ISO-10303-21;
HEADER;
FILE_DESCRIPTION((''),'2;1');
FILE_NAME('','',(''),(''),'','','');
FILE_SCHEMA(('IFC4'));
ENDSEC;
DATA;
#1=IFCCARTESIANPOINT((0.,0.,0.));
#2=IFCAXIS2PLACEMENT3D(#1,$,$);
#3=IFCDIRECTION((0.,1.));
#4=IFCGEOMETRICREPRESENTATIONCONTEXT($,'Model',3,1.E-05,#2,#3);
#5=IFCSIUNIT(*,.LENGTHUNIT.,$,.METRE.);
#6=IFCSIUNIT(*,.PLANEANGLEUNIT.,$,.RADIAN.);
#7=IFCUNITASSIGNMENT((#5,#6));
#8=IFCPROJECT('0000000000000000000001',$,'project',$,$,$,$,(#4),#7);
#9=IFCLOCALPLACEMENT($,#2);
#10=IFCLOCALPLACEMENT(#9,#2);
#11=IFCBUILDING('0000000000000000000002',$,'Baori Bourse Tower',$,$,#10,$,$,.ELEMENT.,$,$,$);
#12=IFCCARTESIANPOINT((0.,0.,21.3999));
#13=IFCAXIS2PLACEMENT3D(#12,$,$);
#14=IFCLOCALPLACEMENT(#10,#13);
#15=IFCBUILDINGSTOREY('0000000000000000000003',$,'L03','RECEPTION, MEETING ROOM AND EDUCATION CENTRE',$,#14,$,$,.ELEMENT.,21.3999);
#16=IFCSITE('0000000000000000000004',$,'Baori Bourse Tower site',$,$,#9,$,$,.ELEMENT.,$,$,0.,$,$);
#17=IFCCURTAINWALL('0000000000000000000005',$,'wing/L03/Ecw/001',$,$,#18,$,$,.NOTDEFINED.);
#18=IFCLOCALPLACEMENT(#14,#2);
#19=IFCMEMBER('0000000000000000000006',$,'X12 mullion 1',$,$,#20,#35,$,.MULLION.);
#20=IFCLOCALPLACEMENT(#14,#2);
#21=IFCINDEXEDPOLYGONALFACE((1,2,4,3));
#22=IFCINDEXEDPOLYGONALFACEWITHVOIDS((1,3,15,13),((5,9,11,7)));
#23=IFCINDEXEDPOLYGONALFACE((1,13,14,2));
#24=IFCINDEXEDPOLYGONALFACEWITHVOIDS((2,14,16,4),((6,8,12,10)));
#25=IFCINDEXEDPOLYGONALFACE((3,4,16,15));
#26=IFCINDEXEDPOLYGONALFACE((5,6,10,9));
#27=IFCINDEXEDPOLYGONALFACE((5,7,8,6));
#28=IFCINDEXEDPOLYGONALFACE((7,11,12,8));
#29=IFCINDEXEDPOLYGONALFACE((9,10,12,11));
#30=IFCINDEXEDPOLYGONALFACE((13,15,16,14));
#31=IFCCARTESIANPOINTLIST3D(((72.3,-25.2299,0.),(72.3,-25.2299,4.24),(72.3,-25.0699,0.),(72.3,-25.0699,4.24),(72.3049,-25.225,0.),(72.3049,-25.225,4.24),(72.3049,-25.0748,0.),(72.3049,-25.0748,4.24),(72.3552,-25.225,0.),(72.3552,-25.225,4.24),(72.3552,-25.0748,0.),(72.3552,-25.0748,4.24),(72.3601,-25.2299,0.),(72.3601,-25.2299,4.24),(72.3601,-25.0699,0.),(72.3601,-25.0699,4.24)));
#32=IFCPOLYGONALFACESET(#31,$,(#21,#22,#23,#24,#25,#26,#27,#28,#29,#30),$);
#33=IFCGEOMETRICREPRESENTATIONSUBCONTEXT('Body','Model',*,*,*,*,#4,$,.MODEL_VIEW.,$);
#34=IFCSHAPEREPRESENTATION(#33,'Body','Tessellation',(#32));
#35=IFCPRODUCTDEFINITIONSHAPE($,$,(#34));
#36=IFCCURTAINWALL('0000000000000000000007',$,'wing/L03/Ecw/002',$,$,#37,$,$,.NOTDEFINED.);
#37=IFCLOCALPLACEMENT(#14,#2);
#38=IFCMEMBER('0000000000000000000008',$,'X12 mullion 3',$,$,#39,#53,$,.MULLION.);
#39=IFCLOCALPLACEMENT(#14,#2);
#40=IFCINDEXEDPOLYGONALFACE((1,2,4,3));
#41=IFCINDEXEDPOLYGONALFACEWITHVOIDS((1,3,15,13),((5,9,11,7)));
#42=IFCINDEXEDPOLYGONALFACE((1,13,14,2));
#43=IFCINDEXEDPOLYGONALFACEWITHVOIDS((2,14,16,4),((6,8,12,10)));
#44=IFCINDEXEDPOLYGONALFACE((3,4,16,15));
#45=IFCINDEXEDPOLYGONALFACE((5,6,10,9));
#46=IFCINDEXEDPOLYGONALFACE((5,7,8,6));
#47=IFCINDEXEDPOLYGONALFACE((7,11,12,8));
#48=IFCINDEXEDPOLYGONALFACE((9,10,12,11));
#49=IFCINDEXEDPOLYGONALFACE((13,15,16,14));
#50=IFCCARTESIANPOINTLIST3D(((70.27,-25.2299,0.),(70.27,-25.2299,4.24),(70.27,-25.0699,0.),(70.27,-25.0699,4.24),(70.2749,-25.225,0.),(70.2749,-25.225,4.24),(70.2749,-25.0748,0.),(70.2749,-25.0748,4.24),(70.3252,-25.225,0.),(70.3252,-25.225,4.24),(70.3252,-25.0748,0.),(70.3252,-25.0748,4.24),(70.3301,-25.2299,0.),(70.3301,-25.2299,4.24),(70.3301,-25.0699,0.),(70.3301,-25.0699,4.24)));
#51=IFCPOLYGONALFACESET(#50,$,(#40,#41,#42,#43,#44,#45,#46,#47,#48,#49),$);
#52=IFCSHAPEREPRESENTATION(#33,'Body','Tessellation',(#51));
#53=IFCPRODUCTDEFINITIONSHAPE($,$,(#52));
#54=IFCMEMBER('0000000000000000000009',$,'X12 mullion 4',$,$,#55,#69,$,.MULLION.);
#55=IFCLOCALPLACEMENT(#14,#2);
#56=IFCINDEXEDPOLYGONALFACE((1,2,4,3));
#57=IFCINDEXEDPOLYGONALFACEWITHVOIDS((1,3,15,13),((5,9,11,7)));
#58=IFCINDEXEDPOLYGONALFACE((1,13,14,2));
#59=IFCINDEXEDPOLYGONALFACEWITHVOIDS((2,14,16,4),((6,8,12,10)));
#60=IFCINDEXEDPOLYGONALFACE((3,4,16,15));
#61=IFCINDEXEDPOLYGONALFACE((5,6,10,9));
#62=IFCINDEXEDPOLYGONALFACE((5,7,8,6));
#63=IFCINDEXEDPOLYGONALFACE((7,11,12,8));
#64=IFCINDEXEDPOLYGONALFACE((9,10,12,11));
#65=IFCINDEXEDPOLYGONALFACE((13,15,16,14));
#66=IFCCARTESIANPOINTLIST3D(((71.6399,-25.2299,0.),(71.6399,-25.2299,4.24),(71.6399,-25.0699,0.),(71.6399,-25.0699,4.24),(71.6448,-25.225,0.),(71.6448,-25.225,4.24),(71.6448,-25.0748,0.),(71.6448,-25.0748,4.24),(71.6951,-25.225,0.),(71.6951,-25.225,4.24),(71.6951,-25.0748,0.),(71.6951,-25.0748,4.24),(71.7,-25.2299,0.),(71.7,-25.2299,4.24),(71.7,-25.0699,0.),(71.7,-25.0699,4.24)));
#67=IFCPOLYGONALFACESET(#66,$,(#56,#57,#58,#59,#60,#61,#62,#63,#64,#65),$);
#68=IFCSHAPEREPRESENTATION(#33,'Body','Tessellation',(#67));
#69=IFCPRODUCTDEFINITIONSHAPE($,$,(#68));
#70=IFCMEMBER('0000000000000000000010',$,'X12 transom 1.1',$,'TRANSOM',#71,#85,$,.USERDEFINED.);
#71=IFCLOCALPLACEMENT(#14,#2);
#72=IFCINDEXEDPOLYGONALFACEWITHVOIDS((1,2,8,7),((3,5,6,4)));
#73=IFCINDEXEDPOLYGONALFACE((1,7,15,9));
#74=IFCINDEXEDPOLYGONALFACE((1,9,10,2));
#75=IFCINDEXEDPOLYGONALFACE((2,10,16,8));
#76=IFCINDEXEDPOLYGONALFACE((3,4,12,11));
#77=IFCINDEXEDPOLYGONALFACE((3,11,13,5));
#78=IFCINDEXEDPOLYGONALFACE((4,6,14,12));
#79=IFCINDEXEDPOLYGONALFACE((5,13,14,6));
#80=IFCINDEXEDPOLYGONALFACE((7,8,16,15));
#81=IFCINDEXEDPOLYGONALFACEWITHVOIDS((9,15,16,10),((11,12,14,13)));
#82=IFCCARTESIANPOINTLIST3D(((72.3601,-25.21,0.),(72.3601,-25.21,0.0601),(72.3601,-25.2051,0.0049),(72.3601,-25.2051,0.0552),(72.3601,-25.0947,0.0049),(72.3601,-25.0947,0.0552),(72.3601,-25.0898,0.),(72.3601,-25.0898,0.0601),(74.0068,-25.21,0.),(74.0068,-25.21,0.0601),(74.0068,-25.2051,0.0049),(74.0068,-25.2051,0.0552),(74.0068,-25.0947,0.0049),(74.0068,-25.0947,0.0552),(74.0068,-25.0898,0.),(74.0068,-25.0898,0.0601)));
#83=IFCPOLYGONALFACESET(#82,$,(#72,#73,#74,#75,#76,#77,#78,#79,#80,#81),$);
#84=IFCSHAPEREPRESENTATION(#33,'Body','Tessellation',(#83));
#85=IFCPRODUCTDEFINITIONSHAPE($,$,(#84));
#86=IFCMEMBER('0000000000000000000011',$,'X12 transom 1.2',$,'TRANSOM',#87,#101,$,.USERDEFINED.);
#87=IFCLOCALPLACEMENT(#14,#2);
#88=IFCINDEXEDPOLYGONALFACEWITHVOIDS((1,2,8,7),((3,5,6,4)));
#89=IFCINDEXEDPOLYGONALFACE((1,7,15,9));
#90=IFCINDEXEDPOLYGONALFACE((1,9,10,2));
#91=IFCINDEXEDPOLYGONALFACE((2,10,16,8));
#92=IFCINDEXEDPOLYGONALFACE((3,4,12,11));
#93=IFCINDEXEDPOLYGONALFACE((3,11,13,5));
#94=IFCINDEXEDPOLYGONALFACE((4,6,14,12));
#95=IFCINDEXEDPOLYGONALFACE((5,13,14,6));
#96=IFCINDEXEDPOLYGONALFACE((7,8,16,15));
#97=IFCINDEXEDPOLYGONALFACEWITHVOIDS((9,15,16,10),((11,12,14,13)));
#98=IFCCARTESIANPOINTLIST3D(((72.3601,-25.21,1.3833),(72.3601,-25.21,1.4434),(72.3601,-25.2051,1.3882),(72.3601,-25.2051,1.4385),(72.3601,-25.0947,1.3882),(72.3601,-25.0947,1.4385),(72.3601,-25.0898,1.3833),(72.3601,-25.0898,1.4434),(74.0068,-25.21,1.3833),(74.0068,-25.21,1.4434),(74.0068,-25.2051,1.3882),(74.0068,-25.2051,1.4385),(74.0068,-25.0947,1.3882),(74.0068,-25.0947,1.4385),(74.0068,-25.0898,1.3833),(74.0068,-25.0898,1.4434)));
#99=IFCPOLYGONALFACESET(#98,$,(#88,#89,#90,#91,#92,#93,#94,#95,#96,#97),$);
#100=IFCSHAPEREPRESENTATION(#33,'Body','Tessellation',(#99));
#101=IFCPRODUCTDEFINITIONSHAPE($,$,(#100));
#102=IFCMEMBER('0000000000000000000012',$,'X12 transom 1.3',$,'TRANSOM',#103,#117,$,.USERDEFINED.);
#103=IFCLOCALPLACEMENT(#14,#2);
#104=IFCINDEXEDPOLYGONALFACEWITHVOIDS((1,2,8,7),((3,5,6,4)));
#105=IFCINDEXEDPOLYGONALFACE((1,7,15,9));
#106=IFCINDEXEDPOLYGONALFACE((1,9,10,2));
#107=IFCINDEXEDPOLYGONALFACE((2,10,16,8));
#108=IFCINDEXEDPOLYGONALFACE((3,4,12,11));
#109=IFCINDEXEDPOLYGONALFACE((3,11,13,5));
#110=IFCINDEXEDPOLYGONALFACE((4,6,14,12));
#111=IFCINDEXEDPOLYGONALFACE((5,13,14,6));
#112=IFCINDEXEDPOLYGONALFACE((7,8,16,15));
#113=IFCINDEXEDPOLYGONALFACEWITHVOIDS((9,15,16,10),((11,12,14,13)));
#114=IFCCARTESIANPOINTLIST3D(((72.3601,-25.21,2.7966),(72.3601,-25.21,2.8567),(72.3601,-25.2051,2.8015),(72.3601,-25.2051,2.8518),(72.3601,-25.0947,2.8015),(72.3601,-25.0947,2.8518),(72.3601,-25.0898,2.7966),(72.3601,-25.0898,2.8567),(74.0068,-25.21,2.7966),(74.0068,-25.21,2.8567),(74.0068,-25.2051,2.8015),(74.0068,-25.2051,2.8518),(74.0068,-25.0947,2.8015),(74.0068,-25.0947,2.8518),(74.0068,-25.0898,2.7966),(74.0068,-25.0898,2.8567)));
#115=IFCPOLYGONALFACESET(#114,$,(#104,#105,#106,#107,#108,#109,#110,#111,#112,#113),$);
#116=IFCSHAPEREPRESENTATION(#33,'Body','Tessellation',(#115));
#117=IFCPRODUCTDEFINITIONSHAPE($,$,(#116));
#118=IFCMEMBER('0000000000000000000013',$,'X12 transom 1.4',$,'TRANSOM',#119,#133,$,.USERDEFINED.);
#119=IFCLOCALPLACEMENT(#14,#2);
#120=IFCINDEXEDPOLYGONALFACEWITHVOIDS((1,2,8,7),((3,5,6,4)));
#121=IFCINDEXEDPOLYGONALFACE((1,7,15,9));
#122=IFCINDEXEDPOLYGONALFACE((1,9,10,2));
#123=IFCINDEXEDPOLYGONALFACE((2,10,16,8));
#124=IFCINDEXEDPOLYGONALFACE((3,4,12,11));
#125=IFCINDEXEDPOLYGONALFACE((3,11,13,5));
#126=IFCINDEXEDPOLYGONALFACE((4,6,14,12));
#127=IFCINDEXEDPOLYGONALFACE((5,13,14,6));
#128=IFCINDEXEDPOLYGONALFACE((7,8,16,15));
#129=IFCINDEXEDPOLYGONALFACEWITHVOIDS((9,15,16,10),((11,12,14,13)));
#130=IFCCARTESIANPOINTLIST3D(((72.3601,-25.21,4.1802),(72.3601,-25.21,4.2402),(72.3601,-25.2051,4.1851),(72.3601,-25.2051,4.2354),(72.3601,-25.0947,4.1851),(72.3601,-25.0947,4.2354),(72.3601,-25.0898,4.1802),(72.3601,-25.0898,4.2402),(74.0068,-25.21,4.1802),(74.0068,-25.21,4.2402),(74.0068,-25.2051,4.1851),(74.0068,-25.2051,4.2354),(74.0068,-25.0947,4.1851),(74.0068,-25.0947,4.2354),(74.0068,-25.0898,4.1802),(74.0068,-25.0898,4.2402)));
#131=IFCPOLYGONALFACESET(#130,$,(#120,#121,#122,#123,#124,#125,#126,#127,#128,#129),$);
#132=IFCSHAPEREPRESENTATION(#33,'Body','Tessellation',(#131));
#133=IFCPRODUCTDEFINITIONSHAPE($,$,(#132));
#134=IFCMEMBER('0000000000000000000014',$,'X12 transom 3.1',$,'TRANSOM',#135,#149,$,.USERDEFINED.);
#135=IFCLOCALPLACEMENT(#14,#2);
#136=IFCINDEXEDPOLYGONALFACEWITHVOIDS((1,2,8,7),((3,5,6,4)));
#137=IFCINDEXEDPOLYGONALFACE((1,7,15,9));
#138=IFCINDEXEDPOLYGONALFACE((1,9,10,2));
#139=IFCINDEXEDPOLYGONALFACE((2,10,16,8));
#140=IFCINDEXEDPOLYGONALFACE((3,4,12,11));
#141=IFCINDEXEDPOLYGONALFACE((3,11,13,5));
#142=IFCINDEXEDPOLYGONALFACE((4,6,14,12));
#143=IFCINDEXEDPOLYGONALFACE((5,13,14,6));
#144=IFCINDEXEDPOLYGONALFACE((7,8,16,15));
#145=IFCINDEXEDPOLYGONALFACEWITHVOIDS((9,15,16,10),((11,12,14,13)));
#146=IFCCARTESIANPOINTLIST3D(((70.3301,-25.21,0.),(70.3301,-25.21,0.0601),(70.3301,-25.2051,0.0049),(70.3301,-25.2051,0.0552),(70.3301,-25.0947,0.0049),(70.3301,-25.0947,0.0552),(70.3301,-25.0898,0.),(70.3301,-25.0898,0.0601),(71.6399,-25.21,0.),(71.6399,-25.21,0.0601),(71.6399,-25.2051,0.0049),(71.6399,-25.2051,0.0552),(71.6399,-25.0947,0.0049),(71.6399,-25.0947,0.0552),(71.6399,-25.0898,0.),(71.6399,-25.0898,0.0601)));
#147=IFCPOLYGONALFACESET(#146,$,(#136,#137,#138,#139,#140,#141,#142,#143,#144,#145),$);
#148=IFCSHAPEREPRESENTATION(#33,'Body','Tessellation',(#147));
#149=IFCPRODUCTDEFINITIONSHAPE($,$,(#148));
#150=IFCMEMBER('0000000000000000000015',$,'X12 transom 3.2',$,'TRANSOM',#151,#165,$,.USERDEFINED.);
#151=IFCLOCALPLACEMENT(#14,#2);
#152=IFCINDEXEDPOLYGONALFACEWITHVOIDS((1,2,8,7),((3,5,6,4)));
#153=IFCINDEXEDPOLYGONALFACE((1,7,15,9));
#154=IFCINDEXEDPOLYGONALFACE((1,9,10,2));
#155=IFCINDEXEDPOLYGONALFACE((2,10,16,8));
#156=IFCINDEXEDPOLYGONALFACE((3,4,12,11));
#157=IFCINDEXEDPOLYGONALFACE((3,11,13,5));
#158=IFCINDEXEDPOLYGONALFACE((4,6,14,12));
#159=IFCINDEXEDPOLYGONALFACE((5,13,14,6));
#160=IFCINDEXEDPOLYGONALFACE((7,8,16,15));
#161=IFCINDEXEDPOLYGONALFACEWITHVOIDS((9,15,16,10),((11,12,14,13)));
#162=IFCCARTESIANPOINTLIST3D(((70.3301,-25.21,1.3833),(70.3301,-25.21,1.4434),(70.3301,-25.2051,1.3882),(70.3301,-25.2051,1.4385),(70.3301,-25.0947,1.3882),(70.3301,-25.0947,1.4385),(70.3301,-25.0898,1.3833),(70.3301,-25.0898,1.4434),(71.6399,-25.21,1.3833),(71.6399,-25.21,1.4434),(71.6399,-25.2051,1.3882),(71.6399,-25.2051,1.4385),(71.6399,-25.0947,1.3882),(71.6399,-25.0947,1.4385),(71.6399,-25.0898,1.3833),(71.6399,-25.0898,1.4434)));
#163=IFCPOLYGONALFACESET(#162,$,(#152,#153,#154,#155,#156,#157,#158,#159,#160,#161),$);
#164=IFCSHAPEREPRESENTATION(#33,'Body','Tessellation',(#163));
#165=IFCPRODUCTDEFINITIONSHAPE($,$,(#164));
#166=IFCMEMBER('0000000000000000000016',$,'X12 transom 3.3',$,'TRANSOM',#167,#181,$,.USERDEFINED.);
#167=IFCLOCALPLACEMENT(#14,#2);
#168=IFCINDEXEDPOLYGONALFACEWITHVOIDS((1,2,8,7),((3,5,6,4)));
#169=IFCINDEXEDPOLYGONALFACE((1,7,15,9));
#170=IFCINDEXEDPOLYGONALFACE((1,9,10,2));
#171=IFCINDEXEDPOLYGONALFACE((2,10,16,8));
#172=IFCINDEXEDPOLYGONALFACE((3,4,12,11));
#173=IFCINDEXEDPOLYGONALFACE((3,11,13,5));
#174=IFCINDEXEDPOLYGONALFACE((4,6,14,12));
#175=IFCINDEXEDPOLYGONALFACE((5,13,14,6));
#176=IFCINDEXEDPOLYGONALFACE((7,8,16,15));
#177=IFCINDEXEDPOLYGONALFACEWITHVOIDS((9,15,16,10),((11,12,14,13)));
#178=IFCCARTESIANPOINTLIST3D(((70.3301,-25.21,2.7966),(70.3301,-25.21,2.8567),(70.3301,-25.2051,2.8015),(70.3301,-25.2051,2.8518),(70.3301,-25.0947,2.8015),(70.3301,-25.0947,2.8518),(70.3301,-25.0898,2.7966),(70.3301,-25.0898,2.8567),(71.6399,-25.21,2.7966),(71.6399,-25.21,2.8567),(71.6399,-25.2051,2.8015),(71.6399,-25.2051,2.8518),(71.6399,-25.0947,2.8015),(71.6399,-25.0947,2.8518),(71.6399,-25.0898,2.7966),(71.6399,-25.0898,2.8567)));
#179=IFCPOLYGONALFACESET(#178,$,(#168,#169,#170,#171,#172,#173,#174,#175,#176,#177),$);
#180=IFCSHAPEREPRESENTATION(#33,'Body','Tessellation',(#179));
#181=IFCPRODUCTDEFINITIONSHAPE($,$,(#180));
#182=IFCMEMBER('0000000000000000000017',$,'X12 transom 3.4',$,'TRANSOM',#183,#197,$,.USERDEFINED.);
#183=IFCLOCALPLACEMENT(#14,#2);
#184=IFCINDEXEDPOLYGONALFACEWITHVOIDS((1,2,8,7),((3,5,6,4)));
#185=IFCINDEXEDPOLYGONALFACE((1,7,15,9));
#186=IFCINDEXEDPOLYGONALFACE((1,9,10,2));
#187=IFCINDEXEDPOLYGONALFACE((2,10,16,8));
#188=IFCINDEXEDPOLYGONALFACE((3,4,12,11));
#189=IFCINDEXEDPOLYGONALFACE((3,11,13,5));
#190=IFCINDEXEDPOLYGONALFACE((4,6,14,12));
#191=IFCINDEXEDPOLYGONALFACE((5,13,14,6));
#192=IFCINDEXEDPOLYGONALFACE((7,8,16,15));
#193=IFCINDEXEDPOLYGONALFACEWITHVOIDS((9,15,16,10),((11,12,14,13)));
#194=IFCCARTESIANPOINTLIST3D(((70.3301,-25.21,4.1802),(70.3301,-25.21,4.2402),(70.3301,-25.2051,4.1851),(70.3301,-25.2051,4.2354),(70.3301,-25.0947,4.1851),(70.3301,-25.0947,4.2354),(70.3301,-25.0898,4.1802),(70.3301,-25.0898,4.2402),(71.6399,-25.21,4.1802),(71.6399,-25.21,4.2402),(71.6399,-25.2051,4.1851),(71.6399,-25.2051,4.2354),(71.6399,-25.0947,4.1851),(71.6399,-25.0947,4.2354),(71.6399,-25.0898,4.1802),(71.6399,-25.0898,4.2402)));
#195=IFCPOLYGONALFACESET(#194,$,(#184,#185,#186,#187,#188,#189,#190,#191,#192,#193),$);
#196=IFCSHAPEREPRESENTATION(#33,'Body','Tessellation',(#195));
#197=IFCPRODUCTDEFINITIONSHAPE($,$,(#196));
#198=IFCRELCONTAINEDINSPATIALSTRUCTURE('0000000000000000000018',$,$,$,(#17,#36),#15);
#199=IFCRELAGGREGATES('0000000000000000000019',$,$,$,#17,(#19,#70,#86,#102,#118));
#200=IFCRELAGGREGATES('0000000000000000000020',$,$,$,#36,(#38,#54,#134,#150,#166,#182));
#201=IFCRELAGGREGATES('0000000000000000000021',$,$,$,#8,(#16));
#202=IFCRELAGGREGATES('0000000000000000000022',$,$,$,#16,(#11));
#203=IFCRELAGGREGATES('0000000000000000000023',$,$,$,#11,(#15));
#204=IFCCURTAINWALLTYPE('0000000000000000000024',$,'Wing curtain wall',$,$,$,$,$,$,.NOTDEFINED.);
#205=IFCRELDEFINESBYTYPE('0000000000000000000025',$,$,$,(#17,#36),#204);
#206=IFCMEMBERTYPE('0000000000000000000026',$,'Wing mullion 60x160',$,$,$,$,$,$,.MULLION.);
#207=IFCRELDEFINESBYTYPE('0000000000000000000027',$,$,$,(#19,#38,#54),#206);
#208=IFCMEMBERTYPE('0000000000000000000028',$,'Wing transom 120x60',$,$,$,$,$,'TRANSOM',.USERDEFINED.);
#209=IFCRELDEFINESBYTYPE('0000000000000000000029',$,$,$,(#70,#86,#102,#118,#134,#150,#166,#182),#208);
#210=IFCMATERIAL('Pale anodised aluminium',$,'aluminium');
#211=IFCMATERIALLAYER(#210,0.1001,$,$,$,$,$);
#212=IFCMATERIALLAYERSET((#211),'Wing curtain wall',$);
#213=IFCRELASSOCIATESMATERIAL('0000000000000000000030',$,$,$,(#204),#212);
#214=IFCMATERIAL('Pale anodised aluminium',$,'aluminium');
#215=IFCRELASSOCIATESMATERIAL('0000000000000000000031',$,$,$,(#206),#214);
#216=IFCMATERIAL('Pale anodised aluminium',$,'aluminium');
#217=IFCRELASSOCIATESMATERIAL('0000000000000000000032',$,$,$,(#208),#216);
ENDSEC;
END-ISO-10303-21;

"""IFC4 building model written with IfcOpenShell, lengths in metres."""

from ifc_helpers import new_model, si_unit, direction, frame, origin, origin_2d, place, context, subcontext, project, spatial, hollow_rectangle, extrude, material, layer, layer_set, material_profile, profile_set, type_object, element, aggregate, save


model = new_model("IFC4")

# Units and contexts
model_context = context("Model", 3, precision=1e-05, world=origin(), true_north=direction((0.0, 1.0)))
body_context = subcontext(model_context, "Body", "Model", "MODEL_VIEW")
ifc_project = project(units=[si_unit("LENGTHUNIT", "METRE"), si_unit("PLANEANGLEUNIT", "RADIAN")], contexts=[model_context])

# Site, building, storey
site_placement = place(None, origin())
site = spatial("IfcSite", under=ifc_project, at=site_placement, Name="Baori Bourse Tower site", CompositionType="ELEMENT", RefElevation=0.0)
building_placement = place(site_placement, origin())
building = spatial("IfcBuilding", under=site, at=building_placement, Name="Baori Bourse Tower", CompositionType="ELEMENT")
storey_placement = place(building_placement, frame((0.0, 0.0, 21.3999)))
storey = spatial("IfcBuildingStorey", under=building, at=storey_placement, Name="L03", Description="RECEPTION, MEETING ROOM AND EDUCATION CENTRE", CompositionType="ELEMENT", Elevation=21.3999)

# Curtain wall, member
ifc_material_1 = material(Name="Pale anodised aluminium", Category="aluminium")
ifc_layer_1 = layer(ifc_material_1, 0.1001)
ifc_layer_set_1 = layer_set([ifc_layer_1], Name="Wing curtain wall")
curtain_wall_type = type_object("IfcCurtainWallType", Name="Wing curtain wall", PredefinedType="NOTDEFINED", material=ifc_layer_set_1)
curtain_wall_1_placement = place(storey_placement, origin())
curtain_wall_1 = element("IfcCurtainWall", 1, at=curtain_wall_1_placement, inside=storey, type_object=curtain_wall_type, Name="wing/L03/Ecw/001", PredefinedType="NOTDEFINED")
ifc_material_2 = material(Name="Pale anodised aluminium", Category="aluminium")
ifc_material_profile_1 = material_profile(ifc_material_2, hollow_rectangle(XDim=0.1599, YDim=0.0601, WallThickness=0.0049, at=origin_2d()), Name="Mullion 160x60x5")
ifc_profile_set_1 = profile_set([ifc_material_profile_1], Name="Pale anodised aluminium")
member_type_1 = type_object("IfcMemberType", Name="Wing mullion 60x160", PredefinedType="MULLION", material=ifc_profile_set_1)
member_1_placement = place(storey_placement, frame((72.3301, -25.1499, 0.0), z_axis=(0.0, 0.0, 1.0), x_axis=(0.0, 1.0, 0.0)))
member_1 = element("IfcMember", 2, at=member_1_placement, type_object=member_type_1, Name="X12 mullion 1", PredefinedType="MULLION", context=body_context, shape_type="SweptSolid", body=[
    extrude(hollow_rectangle(XDim=0.1599, YDim=0.0601, WallThickness=0.0049, at=origin_2d()), origin(), (0.0, 0.0, 1.0), 4.24),
])

# Curtain wall, members
curtain_wall_2_placement = place(storey_placement, origin())
curtain_wall_2 = element("IfcCurtainWall", 3, at=curtain_wall_2_placement, inside=storey, type_object=curtain_wall_type, Name="wing/L03/Ecw/002", PredefinedType="NOTDEFINED")
member_2_placement = place(storey_placement, frame((70.3, -25.1499, 0.0), z_axis=(0.0, 0.0, 1.0), x_axis=(0.0, 1.0, 0.0)))
member_2 = element("IfcMember", 4, at=member_2_placement, type_object=member_type_1, Name="X12 mullion 3", PredefinedType="MULLION", context=body_context, shape_type="SweptSolid", body=[
    extrude(hollow_rectangle(XDim=0.1599, YDim=0.0601, WallThickness=0.0049, at=origin_2d()), origin(), (0.0, 0.0, 1.0), 4.24),
])
member_3_placement = place(storey_placement, frame((71.6699, -25.1499, 0.0), z_axis=(0.0, 0.0, 1.0), x_axis=(0.0, 1.0, 0.0)))
member_3 = element("IfcMember", 5, at=member_3_placement, type_object=member_type_1, Name="X12 mullion 4", PredefinedType="MULLION", context=body_context, shape_type="SweptSolid", body=[
    extrude(hollow_rectangle(XDim=0.1599, YDim=0.0601, WallThickness=0.0049, at=origin_2d()), origin(), (0.0, 0.0, 1.0), 4.24),
])

# Members
ifc_material_3 = material(Name="Pale anodised aluminium", Category="aluminium")
ifc_material_profile_2 = material_profile(ifc_material_3, hollow_rectangle(XDim=0.1201, YDim=0.0601, WallThickness=0.0049, at=origin_2d()), Name="Transom 120x60x5")
ifc_profile_set_2 = profile_set([ifc_material_profile_2], Name="Pale anodised aluminium")
member_type_2 = type_object("IfcMemberType", Name="Wing transom 120x60", ElementType="TRANSOM", PredefinedType="USERDEFINED", material=ifc_profile_set_2)
member_4_placement = place(storey_placement, frame((72.3601, -25.1499, 0.03), z_axis=(1.0, 0.0, 0.0), x_axis=(0.0, 1.0, 0.0)))
member_4 = element("IfcMember", 6, at=member_4_placement, type_object=member_type_2, Name="X12 transom 1.1", ObjectType="TRANSOM", PredefinedType="USERDEFINED", context=body_context, shape_type="SweptSolid", body=[
    extrude(hollow_rectangle(XDim=0.1201, YDim=0.0601, WallThickness=0.0049, at=origin_2d()), origin(), (0.0, 0.0, 1.0), 1.6467),
])
member_5_placement = place(storey_placement, frame((72.3601, -25.1499, 1.4133), z_axis=(1.0, 0.0, 0.0), x_axis=(0.0, 1.0, 0.0)))
member_5 = element("IfcMember", 7, at=member_5_placement, type_object=member_type_2, Name="X12 transom 1.2", ObjectType="TRANSOM", PredefinedType="USERDEFINED", context=body_context, shape_type="SweptSolid", body=[
    extrude(hollow_rectangle(XDim=0.1201, YDim=0.0601, WallThickness=0.0049, at=origin_2d()), origin(), (0.0, 0.0, 1.0), 1.6467),
])
member_6_placement = place(storey_placement, frame((72.3601, -25.1499, 2.8267), z_axis=(1.0, 0.0, 0.0), x_axis=(0.0, 1.0, 0.0)))
member_6 = element("IfcMember", 8, at=member_6_placement, type_object=member_type_2, Name="X12 transom 1.3", ObjectType="TRANSOM", PredefinedType="USERDEFINED", context=body_context, shape_type="SweptSolid", body=[
    extrude(hollow_rectangle(XDim=0.1201, YDim=0.0601, WallThickness=0.0049, at=origin_2d()), origin(), (0.0, 0.0, 1.0), 1.6467),
])
member_7_placement = place(storey_placement, frame((72.3601, -25.1499, 4.2102), z_axis=(1.0, 0.0, 0.0), x_axis=(0.0, 1.0, 0.0)))
member_7 = element("IfcMember", 9, at=member_7_placement, type_object=member_type_2, Name="X12 transom 1.4", ObjectType="TRANSOM", PredefinedType="USERDEFINED", context=body_context, shape_type="SweptSolid", body=[
    extrude(hollow_rectangle(XDim=0.1201, YDim=0.0601, WallThickness=0.0049, at=origin_2d()), origin(), (0.0, 0.0, 1.0), 1.6467),
])
member_8_placement = place(storey_placement, frame((70.3301, -25.1499, 0.03), z_axis=(1.0, 0.0, 0.0), x_axis=(0.0, 1.0, 0.0)))
member_8 = element("IfcMember", 10, at=member_8_placement, type_object=member_type_2, Name="X12 transom 3.1", ObjectType="TRANSOM", PredefinedType="USERDEFINED", context=body_context, shape_type="SweptSolid", body=[
    extrude(hollow_rectangle(XDim=0.1201, YDim=0.0601, WallThickness=0.0049, at=origin_2d()), origin(), (0.0, 0.0, 1.0), 1.3098),
])
member_9_placement = place(storey_placement, frame((70.3301, -25.1499, 1.4133), z_axis=(1.0, 0.0, 0.0), x_axis=(0.0, 1.0, 0.0)))
member_9 = element("IfcMember", 11, at=member_9_placement, type_object=member_type_2, Name="X12 transom 3.2", ObjectType="TRANSOM", PredefinedType="USERDEFINED", context=body_context, shape_type="SweptSolid", body=[
    extrude(hollow_rectangle(XDim=0.1201, YDim=0.0601, WallThickness=0.0049, at=origin_2d()), origin(), (0.0, 0.0, 1.0), 1.3098),
])
member_10_placement = place(storey_placement, frame((70.3301, -25.1499, 2.8267), z_axis=(1.0, 0.0, 0.0), x_axis=(0.0, 1.0, 0.0)))
member_10 = element("IfcMember", 12, at=member_10_placement, type_object=member_type_2, Name="X12 transom 3.3", ObjectType="TRANSOM", PredefinedType="USERDEFINED", context=body_context, shape_type="SweptSolid", body=[
    extrude(hollow_rectangle(XDim=0.1201, YDim=0.0601, WallThickness=0.0049, at=origin_2d()), origin(), (0.0, 0.0, 1.0), 1.3098),
])
member_11_placement = place(storey_placement, frame((70.3301, -25.1499, 4.2102), z_axis=(1.0, 0.0, 0.0), x_axis=(0.0, 1.0, 0.0)))
member_11 = element("IfcMember", 13, at=member_11_placement, type_object=member_type_2, Name="X12 transom 3.4", ObjectType="TRANSOM", PredefinedType="USERDEFINED", context=body_context, shape_type="SweptSolid", body=[
    extrude(hollow_rectangle(XDim=0.1201, YDim=0.0601, WallThickness=0.0049, at=origin_2d()), origin(), (0.0, 0.0, 1.0), 1.3098),
])

aggregate(curtain_wall_1, [member_1, member_4, member_5, member_6, member_7])
aggregate(curtain_wall_2, [member_2, member_3, member_8, member_9, member_10, member_11])

save(model, "model.ifc")
